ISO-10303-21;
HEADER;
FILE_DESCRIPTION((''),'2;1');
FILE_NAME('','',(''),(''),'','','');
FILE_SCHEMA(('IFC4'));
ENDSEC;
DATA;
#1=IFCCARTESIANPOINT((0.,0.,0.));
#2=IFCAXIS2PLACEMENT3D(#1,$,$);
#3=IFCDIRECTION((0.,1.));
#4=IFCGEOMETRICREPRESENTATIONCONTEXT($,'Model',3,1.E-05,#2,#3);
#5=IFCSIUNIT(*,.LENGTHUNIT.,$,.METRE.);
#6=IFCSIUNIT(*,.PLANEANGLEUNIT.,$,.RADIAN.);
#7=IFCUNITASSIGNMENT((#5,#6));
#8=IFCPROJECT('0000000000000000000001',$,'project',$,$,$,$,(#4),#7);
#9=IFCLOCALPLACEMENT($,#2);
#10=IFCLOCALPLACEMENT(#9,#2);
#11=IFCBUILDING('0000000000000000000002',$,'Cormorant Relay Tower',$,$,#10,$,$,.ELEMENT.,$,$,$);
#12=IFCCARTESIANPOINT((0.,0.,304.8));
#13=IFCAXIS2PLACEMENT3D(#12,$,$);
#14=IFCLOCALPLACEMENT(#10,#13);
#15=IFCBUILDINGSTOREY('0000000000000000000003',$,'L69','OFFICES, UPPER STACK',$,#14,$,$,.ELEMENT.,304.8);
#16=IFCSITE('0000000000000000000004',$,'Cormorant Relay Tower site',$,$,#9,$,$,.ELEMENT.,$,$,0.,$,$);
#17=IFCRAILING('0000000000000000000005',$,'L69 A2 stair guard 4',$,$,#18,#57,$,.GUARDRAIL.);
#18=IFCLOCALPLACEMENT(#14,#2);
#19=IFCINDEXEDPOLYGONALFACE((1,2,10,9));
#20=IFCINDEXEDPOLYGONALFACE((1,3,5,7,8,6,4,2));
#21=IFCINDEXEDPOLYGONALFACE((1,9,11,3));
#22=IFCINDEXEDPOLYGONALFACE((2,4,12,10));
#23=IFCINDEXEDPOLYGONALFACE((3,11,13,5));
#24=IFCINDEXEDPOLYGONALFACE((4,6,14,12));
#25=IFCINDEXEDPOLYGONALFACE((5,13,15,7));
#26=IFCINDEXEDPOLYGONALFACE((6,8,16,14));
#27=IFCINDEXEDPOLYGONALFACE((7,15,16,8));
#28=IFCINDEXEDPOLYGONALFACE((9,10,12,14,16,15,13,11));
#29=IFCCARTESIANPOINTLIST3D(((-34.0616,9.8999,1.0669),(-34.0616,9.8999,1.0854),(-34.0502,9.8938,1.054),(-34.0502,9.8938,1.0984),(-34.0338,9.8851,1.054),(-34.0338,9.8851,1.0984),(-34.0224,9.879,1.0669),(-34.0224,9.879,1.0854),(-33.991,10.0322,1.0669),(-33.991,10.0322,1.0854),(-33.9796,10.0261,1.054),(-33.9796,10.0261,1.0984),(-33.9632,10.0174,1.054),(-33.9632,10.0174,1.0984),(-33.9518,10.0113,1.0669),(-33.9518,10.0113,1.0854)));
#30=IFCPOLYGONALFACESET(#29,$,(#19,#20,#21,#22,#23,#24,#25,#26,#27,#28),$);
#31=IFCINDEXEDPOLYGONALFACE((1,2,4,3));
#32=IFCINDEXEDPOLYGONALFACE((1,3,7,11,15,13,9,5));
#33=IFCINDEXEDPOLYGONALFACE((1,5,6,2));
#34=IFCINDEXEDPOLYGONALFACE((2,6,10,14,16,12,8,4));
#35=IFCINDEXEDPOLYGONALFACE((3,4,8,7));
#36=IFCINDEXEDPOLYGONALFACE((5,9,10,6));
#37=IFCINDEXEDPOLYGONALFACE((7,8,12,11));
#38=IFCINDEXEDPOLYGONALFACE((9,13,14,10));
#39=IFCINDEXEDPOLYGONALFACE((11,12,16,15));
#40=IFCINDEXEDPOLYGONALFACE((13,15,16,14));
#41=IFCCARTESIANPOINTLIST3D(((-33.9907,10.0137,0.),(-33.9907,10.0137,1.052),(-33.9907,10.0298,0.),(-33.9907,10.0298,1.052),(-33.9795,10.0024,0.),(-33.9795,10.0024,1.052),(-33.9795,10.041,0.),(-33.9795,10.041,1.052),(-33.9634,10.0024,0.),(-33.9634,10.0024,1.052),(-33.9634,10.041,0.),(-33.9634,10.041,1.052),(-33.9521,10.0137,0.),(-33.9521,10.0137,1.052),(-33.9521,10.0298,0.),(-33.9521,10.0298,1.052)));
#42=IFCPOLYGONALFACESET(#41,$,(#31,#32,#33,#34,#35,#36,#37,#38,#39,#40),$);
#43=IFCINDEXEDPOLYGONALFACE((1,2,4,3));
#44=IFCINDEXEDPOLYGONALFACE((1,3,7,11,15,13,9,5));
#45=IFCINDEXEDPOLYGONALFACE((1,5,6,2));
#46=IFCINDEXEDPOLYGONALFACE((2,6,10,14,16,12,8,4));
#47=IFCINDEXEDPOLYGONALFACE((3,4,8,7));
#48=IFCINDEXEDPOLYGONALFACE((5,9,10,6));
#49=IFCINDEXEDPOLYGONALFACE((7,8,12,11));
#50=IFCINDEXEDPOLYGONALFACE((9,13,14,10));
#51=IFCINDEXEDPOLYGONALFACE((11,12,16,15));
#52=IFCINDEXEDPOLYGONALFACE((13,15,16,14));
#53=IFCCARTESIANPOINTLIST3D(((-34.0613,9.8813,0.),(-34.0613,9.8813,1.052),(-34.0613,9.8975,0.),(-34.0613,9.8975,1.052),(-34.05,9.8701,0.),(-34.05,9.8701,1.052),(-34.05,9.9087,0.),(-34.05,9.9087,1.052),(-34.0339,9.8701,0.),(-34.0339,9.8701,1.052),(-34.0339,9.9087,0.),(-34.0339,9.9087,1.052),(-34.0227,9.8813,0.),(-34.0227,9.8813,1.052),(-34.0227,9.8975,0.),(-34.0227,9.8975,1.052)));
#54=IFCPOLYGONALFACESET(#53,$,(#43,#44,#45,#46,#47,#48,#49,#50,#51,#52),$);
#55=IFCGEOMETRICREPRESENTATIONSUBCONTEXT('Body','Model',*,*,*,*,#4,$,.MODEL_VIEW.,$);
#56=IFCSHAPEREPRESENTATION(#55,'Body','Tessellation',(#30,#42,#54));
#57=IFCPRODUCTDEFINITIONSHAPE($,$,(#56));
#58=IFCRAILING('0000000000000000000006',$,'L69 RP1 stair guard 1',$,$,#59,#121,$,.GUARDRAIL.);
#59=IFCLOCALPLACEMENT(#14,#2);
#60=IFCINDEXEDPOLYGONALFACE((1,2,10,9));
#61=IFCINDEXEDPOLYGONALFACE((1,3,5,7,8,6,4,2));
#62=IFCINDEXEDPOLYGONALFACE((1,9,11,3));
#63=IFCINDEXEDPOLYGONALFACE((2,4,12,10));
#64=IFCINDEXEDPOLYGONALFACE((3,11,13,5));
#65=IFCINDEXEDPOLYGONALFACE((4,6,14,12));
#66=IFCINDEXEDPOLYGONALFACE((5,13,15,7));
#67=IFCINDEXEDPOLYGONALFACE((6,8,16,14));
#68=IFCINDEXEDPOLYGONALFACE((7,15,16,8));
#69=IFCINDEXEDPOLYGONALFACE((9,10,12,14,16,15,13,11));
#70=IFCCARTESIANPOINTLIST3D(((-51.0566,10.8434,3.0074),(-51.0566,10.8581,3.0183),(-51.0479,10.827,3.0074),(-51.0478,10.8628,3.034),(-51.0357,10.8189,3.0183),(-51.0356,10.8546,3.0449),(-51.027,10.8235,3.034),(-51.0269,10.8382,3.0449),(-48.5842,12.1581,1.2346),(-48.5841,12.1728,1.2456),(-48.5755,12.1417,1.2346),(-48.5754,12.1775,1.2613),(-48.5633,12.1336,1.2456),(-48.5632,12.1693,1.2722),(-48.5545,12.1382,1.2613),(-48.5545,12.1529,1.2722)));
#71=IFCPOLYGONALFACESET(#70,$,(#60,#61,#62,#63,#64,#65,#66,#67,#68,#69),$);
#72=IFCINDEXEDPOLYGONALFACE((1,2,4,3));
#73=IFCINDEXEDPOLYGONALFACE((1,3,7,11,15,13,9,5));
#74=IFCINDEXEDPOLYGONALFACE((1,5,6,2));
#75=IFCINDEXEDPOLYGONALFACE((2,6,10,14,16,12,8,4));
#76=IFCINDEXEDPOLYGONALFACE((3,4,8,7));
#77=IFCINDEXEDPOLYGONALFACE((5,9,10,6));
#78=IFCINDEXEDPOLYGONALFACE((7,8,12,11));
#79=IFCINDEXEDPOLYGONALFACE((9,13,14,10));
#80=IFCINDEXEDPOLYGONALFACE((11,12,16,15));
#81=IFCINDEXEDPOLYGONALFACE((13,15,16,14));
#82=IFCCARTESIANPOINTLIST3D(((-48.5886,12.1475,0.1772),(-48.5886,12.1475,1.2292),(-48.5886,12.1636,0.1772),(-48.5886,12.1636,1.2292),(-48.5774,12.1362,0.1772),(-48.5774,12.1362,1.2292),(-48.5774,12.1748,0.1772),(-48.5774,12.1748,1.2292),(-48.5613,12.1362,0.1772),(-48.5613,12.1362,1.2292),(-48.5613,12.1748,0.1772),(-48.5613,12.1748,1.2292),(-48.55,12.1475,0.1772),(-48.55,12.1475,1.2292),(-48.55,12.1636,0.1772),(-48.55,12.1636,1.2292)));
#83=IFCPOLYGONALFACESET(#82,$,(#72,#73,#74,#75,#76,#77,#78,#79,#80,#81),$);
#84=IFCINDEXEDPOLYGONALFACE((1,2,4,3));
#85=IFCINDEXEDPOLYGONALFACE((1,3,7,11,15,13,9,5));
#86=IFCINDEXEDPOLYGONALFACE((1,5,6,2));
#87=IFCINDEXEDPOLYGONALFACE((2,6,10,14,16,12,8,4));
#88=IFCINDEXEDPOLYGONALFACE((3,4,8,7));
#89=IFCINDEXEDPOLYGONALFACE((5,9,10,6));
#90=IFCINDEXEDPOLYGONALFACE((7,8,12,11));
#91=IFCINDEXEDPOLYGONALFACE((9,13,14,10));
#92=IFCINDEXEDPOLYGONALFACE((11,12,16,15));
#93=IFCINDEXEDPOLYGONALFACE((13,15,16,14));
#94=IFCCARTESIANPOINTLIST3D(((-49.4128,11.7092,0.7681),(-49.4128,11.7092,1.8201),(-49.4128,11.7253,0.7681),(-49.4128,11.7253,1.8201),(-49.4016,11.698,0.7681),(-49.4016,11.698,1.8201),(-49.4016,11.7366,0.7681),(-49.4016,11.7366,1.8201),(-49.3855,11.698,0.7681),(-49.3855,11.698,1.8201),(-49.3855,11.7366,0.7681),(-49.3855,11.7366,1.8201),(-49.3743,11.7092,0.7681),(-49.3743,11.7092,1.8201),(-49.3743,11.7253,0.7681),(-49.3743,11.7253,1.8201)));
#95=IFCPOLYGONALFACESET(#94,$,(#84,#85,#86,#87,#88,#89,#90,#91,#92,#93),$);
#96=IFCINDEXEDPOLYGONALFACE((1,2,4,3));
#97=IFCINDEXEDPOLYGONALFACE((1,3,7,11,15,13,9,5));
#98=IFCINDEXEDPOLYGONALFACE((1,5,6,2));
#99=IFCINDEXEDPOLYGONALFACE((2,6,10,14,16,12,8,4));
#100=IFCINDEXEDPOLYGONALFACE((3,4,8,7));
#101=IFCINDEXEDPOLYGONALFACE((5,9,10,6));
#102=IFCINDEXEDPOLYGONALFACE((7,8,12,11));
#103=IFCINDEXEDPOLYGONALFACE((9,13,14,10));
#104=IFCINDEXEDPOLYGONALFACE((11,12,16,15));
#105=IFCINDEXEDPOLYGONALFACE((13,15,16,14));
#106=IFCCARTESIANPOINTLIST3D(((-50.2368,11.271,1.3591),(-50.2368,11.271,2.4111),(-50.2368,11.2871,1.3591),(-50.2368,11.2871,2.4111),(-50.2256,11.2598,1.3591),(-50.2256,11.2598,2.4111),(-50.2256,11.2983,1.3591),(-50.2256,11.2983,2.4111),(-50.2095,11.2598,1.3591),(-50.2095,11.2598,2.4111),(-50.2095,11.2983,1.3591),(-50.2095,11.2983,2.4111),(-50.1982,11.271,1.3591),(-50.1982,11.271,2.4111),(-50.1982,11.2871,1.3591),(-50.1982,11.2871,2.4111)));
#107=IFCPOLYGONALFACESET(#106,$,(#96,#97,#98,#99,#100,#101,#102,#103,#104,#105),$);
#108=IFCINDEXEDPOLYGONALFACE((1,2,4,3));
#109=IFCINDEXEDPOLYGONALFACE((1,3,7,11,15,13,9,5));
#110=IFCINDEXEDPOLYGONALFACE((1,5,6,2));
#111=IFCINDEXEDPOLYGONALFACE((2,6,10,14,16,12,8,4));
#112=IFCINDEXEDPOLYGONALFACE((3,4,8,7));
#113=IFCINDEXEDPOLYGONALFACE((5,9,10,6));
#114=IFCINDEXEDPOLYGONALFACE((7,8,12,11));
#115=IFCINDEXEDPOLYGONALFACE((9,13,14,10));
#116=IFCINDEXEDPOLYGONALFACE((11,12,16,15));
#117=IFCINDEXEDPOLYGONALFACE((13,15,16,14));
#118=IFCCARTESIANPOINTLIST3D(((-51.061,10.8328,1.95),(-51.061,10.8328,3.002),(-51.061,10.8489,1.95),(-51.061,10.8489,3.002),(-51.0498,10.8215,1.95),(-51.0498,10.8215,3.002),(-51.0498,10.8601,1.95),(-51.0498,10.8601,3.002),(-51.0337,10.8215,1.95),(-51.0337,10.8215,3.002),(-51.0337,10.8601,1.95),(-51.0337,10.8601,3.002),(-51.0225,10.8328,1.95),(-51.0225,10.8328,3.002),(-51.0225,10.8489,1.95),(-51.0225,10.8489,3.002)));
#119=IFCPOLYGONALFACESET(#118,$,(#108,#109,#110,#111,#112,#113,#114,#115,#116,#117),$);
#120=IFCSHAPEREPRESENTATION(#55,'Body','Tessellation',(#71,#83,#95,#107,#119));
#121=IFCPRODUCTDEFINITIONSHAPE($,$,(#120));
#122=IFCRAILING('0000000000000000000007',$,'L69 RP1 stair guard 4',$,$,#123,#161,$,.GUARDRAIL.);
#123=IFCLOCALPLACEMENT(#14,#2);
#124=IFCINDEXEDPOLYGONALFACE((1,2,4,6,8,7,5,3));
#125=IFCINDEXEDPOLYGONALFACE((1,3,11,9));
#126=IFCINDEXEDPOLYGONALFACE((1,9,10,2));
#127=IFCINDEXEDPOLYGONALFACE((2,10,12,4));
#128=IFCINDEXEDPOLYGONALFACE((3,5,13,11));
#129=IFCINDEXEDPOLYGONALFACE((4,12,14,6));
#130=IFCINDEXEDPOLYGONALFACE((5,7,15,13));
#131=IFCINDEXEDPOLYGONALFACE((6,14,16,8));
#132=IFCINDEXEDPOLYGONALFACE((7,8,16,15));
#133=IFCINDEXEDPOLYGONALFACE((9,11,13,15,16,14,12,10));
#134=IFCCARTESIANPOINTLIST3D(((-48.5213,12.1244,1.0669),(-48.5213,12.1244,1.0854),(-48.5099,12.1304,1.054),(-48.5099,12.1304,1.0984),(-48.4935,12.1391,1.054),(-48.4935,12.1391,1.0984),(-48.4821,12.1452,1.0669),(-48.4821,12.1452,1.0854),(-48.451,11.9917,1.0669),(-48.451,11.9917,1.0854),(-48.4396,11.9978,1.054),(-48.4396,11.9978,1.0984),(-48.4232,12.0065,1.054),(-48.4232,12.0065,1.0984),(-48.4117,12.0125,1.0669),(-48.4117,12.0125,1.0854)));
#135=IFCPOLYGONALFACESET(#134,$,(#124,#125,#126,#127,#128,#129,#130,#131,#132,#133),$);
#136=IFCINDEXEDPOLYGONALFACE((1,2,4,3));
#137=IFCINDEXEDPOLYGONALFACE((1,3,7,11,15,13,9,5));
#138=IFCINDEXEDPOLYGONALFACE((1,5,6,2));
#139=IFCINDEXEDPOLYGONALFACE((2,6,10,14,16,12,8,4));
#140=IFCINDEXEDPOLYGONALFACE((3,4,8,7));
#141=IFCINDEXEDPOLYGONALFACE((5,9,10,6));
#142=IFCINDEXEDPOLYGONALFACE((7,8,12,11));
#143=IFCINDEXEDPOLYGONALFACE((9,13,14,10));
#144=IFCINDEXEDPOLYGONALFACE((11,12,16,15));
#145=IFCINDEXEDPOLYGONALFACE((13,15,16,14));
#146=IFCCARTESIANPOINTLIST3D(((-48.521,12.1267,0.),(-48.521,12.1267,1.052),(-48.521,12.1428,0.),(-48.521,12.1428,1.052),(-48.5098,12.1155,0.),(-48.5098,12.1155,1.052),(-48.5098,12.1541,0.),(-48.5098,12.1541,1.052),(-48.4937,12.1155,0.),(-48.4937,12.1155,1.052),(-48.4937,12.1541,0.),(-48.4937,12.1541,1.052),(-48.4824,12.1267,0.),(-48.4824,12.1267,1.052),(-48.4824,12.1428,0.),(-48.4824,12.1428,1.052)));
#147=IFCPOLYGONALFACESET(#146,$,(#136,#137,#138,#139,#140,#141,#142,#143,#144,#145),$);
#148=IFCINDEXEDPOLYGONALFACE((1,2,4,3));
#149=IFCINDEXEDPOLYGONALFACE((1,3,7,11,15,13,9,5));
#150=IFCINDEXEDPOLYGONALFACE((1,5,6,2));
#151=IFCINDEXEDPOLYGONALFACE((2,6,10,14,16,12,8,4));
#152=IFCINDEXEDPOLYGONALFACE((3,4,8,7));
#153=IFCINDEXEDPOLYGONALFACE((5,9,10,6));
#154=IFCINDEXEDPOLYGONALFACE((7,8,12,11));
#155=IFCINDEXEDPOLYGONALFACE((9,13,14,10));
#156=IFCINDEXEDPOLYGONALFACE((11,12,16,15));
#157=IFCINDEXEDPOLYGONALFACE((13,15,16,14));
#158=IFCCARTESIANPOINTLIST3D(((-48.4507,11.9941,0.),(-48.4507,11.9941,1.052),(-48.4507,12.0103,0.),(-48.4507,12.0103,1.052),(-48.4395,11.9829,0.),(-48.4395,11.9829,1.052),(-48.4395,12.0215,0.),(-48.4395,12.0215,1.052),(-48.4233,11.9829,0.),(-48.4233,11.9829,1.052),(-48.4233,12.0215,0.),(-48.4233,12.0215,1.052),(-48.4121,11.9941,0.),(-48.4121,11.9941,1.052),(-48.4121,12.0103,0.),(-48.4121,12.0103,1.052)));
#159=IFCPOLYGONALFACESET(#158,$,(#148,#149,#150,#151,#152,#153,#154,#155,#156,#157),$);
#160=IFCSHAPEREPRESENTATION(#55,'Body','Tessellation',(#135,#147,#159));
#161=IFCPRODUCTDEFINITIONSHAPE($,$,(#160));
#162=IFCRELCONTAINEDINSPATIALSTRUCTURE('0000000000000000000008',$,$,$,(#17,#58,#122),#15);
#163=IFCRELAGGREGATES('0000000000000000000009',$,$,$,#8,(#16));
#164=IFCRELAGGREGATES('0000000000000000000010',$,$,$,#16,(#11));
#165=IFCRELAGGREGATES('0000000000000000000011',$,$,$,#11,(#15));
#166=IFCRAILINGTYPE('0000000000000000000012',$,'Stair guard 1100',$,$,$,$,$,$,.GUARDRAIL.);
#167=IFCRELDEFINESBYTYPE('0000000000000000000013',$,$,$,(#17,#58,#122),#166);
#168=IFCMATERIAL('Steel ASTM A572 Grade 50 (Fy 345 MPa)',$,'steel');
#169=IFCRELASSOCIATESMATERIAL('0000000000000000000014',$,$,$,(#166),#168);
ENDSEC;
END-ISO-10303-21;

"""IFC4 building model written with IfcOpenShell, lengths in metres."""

from ifc_helpers import new_model, si_unit, direction, frame, origin, place, context, subcontext, project, spatial, polyline, outline, extrude, material, type_object, element, save


model = new_model("IFC4")

# Units and contexts
model_context = context("Model", 3, precision=1e-05, world=origin(), true_north=direction((0.0, 1.0)))
body_context = subcontext(model_context, "Body", "Model", "MODEL_VIEW")
ifc_project = project(units=[si_unit("LENGTHUNIT", "METRE"), si_unit("PLANEANGLEUNIT", "RADIAN")], contexts=[model_context])

# Site, building, storey
site_placement = place(None, origin())
site = spatial("IfcSite", under=ifc_project, at=site_placement, Name="Cormorant Relay Tower site", CompositionType="ELEMENT", RefElevation=0.0)
building_placement = place(site_placement, origin())
building = spatial("IfcBuilding", under=site, at=building_placement, Name="Cormorant Relay Tower", CompositionType="ELEMENT")
storey_placement = place(building_placement, frame((0.0, 0.0, 304.8)))
storey = spatial("IfcBuildingStorey", under=building, at=storey_placement, Name="L69", Description="OFFICES, UPPER STACK", CompositionType="ELEMENT", Elevation=304.8)

# Railings
ifc_material_1 = material(Name="Steel ASTM A572 Grade 50 (Fy 345 MPa)", Category="steel")
railing_type_1 = type_object("IfcRailingType", Name="Stair guard 1100", PredefinedType="GUARDRAIL", material=ifc_material_1)
railing_1_placement = place(storey_placement, frame((-33.9714, 10.0217, 0.0)))
element("IfcRailing", 1, at=railing_1_placement, inside=storey, type_object=railing_type_1, Name="L69 A2 stair guard 4", PredefinedType="GUARDRAIL", context=body_context, shape_type="SweptSolid", body=[
    extrude(outline(polyline([(0.0222, 0.0093), (0.0093, 0.0222), (-0.0093, 0.0222), (-0.0222, 0.0093), (-0.0222, -0.0093), (-0.0093, -0.0222), (0.0093, -0.0222), (0.0222, -0.0093), (0.0222, 0.0093)])), frame((0.0, 0.0, 1.0762), z_axis=(-0.470504, -0.882398, 0.0), x_axis=(0.882398, -0.470504, 0.0)), (0.0, 0.0, 1.0), 0.1499),
    extrude(outline(polyline([(0.0193, 0.0081), (0.0081, 0.0193), (-0.0081, 0.0193), (-0.0193, 0.0081), (-0.0193, -0.0081), (-0.0081, -0.0193), (0.0081, -0.0193), (0.0193, -0.0081), (0.0193, 0.0081)])), origin(), (0.0, 0.0, 1.0), 1.052),
    extrude(outline(polyline([(0.0193, 0.0081), (0.0081, 0.0193), (-0.0081, 0.0193), (-0.0193, 0.0081), (-0.0193, -0.0081), (-0.0081, -0.0193), (0.0081, -0.0193), (0.0193, -0.0081), (0.0193, 0.0081)])), frame((-0.0706, -0.1323, 0.0)), (0.0, 0.0, 1.0), 1.052),
])
railing_2_placement = place(storey_placement, frame((-48.5693, 12.1555, 0.1772)))
element("IfcRailing", 2, at=railing_2_placement, inside=storey, type_object=railing_type_1, Name="L69 RP1 stair guard 1", PredefinedType="GUARDRAIL", context=body_context, shape_type="SweptSolid", body=[
    extrude(outline(polyline([(0.0222, 0.0093), (0.0093, 0.0222), (-0.0093, 0.0222), (-0.0222, 0.0093), (-0.0222, -0.0093), (-0.0093, -0.0222), (0.0093, -0.0222), (0.0222, -0.0093), (0.0222, 0.0093)])), frame((0.0, 0.0, 1.0762), z_axis=(-0.746012, -0.39669, 0.534886), x_axis=(0.469497, -0.882934, 0.0)), (0.0, 0.0, 1.0), 3.3142),
    extrude(outline(polyline([(0.0193, 0.0081), (0.0081, 0.0193), (-0.0081, 0.0193), (-0.0193, 0.0081), (-0.0193, -0.0081), (-0.0081, -0.0193), (0.0081, -0.0193), (0.0193, -0.0081), (0.0193, 0.0081)])), origin(), (0.0, 0.0, 1.0), 1.052),
    extrude(outline(polyline([(0.0193, 0.0081), (0.0081, 0.0193), (-0.0081, 0.0193), (-0.0193, 0.0081), (-0.0193, -0.0081), (-0.0081, -0.0193), (0.0081, -0.0193), (0.0193, -0.0081), (0.0193, 0.0081)])), frame((-0.8242, -0.4382, 0.5908)), (0.0, 0.0, 1.0), 1.052),
    extrude(outline(polyline([(0.0193, 0.0081), (0.0081, 0.0193), (-0.0081, 0.0193), (-0.0193, 0.0081), (-0.0193, -0.0081), (-0.0081, -0.0193), (0.0081, -0.0193), (0.0193, -0.0081), (0.0193, 0.0081)])), frame((-1.6482, -0.8765, 1.1819)), (0.0, 0.0, 1.0), 1.052),
    extrude(outline(polyline([(0.0193, 0.0081), (0.0081, 0.0193), (-0.0081, 0.0193), (-0.0193, 0.0081), (-0.0193, -0.0081), (-0.0081, -0.0193), (0.0081, -0.0193), (0.0193, -0.0081), (0.0193, 0.0081)])), frame((-2.4724, -1.3147, 1.7727)), (0.0, 0.0, 1.0), 1.052),
])
railing_3_placement = place(storey_placement, frame((-48.5017, 12.1348, 0.0)))
element("IfcRailing", 3, at=railing_3_placement, inside=storey, type_object=railing_type_1, Name="L69 RP1 stair guard 4", PredefinedType="GUARDRAIL", context=body_context, shape_type="SweptSolid", body=[
    extrude(outline(polyline([(0.0222, 0.0093), (0.0093, 0.0222), (-0.0093, 0.0222), (-0.0222, 0.0093), (-0.0222, -0.0093), (-0.0093, -0.0222), (0.0093, -0.0222), (0.0222, -0.0093), (0.0222, 0.0093)])), frame((0.0, 0.0, 1.0762), z_axis=(0.46856, -0.883431, 0.0), x_axis=(0.883431, 0.46856, 0.0)), (0.0, 0.0, 1.0), 0.1501),
    extrude(outline(polyline([(0.0193, 0.0081), (0.0081, 0.0193), (-0.0081, 0.0193), (-0.0193, 0.0081), (-0.0193, -0.0081), (-0.0081, -0.0193), (0.0081, -0.0193), (0.0193, -0.0081), (0.0193, 0.0081)])), origin(), (0.0, 0.0, 1.0), 1.052),
    extrude(outline(polyline([(0.0193, 0.0081), (0.0081, 0.0193), (-0.0081, 0.0193), (-0.0193, 0.0081), (-0.0193, -0.0081), (-0.0081, -0.0193), (0.0081, -0.0193), (0.0193, -0.0081), (0.0193, 0.0081)])), frame((0.0703, -0.1326, 0.0)), (0.0, 0.0, 1.0), 1.052),
])

save(model, "model.ifc")
